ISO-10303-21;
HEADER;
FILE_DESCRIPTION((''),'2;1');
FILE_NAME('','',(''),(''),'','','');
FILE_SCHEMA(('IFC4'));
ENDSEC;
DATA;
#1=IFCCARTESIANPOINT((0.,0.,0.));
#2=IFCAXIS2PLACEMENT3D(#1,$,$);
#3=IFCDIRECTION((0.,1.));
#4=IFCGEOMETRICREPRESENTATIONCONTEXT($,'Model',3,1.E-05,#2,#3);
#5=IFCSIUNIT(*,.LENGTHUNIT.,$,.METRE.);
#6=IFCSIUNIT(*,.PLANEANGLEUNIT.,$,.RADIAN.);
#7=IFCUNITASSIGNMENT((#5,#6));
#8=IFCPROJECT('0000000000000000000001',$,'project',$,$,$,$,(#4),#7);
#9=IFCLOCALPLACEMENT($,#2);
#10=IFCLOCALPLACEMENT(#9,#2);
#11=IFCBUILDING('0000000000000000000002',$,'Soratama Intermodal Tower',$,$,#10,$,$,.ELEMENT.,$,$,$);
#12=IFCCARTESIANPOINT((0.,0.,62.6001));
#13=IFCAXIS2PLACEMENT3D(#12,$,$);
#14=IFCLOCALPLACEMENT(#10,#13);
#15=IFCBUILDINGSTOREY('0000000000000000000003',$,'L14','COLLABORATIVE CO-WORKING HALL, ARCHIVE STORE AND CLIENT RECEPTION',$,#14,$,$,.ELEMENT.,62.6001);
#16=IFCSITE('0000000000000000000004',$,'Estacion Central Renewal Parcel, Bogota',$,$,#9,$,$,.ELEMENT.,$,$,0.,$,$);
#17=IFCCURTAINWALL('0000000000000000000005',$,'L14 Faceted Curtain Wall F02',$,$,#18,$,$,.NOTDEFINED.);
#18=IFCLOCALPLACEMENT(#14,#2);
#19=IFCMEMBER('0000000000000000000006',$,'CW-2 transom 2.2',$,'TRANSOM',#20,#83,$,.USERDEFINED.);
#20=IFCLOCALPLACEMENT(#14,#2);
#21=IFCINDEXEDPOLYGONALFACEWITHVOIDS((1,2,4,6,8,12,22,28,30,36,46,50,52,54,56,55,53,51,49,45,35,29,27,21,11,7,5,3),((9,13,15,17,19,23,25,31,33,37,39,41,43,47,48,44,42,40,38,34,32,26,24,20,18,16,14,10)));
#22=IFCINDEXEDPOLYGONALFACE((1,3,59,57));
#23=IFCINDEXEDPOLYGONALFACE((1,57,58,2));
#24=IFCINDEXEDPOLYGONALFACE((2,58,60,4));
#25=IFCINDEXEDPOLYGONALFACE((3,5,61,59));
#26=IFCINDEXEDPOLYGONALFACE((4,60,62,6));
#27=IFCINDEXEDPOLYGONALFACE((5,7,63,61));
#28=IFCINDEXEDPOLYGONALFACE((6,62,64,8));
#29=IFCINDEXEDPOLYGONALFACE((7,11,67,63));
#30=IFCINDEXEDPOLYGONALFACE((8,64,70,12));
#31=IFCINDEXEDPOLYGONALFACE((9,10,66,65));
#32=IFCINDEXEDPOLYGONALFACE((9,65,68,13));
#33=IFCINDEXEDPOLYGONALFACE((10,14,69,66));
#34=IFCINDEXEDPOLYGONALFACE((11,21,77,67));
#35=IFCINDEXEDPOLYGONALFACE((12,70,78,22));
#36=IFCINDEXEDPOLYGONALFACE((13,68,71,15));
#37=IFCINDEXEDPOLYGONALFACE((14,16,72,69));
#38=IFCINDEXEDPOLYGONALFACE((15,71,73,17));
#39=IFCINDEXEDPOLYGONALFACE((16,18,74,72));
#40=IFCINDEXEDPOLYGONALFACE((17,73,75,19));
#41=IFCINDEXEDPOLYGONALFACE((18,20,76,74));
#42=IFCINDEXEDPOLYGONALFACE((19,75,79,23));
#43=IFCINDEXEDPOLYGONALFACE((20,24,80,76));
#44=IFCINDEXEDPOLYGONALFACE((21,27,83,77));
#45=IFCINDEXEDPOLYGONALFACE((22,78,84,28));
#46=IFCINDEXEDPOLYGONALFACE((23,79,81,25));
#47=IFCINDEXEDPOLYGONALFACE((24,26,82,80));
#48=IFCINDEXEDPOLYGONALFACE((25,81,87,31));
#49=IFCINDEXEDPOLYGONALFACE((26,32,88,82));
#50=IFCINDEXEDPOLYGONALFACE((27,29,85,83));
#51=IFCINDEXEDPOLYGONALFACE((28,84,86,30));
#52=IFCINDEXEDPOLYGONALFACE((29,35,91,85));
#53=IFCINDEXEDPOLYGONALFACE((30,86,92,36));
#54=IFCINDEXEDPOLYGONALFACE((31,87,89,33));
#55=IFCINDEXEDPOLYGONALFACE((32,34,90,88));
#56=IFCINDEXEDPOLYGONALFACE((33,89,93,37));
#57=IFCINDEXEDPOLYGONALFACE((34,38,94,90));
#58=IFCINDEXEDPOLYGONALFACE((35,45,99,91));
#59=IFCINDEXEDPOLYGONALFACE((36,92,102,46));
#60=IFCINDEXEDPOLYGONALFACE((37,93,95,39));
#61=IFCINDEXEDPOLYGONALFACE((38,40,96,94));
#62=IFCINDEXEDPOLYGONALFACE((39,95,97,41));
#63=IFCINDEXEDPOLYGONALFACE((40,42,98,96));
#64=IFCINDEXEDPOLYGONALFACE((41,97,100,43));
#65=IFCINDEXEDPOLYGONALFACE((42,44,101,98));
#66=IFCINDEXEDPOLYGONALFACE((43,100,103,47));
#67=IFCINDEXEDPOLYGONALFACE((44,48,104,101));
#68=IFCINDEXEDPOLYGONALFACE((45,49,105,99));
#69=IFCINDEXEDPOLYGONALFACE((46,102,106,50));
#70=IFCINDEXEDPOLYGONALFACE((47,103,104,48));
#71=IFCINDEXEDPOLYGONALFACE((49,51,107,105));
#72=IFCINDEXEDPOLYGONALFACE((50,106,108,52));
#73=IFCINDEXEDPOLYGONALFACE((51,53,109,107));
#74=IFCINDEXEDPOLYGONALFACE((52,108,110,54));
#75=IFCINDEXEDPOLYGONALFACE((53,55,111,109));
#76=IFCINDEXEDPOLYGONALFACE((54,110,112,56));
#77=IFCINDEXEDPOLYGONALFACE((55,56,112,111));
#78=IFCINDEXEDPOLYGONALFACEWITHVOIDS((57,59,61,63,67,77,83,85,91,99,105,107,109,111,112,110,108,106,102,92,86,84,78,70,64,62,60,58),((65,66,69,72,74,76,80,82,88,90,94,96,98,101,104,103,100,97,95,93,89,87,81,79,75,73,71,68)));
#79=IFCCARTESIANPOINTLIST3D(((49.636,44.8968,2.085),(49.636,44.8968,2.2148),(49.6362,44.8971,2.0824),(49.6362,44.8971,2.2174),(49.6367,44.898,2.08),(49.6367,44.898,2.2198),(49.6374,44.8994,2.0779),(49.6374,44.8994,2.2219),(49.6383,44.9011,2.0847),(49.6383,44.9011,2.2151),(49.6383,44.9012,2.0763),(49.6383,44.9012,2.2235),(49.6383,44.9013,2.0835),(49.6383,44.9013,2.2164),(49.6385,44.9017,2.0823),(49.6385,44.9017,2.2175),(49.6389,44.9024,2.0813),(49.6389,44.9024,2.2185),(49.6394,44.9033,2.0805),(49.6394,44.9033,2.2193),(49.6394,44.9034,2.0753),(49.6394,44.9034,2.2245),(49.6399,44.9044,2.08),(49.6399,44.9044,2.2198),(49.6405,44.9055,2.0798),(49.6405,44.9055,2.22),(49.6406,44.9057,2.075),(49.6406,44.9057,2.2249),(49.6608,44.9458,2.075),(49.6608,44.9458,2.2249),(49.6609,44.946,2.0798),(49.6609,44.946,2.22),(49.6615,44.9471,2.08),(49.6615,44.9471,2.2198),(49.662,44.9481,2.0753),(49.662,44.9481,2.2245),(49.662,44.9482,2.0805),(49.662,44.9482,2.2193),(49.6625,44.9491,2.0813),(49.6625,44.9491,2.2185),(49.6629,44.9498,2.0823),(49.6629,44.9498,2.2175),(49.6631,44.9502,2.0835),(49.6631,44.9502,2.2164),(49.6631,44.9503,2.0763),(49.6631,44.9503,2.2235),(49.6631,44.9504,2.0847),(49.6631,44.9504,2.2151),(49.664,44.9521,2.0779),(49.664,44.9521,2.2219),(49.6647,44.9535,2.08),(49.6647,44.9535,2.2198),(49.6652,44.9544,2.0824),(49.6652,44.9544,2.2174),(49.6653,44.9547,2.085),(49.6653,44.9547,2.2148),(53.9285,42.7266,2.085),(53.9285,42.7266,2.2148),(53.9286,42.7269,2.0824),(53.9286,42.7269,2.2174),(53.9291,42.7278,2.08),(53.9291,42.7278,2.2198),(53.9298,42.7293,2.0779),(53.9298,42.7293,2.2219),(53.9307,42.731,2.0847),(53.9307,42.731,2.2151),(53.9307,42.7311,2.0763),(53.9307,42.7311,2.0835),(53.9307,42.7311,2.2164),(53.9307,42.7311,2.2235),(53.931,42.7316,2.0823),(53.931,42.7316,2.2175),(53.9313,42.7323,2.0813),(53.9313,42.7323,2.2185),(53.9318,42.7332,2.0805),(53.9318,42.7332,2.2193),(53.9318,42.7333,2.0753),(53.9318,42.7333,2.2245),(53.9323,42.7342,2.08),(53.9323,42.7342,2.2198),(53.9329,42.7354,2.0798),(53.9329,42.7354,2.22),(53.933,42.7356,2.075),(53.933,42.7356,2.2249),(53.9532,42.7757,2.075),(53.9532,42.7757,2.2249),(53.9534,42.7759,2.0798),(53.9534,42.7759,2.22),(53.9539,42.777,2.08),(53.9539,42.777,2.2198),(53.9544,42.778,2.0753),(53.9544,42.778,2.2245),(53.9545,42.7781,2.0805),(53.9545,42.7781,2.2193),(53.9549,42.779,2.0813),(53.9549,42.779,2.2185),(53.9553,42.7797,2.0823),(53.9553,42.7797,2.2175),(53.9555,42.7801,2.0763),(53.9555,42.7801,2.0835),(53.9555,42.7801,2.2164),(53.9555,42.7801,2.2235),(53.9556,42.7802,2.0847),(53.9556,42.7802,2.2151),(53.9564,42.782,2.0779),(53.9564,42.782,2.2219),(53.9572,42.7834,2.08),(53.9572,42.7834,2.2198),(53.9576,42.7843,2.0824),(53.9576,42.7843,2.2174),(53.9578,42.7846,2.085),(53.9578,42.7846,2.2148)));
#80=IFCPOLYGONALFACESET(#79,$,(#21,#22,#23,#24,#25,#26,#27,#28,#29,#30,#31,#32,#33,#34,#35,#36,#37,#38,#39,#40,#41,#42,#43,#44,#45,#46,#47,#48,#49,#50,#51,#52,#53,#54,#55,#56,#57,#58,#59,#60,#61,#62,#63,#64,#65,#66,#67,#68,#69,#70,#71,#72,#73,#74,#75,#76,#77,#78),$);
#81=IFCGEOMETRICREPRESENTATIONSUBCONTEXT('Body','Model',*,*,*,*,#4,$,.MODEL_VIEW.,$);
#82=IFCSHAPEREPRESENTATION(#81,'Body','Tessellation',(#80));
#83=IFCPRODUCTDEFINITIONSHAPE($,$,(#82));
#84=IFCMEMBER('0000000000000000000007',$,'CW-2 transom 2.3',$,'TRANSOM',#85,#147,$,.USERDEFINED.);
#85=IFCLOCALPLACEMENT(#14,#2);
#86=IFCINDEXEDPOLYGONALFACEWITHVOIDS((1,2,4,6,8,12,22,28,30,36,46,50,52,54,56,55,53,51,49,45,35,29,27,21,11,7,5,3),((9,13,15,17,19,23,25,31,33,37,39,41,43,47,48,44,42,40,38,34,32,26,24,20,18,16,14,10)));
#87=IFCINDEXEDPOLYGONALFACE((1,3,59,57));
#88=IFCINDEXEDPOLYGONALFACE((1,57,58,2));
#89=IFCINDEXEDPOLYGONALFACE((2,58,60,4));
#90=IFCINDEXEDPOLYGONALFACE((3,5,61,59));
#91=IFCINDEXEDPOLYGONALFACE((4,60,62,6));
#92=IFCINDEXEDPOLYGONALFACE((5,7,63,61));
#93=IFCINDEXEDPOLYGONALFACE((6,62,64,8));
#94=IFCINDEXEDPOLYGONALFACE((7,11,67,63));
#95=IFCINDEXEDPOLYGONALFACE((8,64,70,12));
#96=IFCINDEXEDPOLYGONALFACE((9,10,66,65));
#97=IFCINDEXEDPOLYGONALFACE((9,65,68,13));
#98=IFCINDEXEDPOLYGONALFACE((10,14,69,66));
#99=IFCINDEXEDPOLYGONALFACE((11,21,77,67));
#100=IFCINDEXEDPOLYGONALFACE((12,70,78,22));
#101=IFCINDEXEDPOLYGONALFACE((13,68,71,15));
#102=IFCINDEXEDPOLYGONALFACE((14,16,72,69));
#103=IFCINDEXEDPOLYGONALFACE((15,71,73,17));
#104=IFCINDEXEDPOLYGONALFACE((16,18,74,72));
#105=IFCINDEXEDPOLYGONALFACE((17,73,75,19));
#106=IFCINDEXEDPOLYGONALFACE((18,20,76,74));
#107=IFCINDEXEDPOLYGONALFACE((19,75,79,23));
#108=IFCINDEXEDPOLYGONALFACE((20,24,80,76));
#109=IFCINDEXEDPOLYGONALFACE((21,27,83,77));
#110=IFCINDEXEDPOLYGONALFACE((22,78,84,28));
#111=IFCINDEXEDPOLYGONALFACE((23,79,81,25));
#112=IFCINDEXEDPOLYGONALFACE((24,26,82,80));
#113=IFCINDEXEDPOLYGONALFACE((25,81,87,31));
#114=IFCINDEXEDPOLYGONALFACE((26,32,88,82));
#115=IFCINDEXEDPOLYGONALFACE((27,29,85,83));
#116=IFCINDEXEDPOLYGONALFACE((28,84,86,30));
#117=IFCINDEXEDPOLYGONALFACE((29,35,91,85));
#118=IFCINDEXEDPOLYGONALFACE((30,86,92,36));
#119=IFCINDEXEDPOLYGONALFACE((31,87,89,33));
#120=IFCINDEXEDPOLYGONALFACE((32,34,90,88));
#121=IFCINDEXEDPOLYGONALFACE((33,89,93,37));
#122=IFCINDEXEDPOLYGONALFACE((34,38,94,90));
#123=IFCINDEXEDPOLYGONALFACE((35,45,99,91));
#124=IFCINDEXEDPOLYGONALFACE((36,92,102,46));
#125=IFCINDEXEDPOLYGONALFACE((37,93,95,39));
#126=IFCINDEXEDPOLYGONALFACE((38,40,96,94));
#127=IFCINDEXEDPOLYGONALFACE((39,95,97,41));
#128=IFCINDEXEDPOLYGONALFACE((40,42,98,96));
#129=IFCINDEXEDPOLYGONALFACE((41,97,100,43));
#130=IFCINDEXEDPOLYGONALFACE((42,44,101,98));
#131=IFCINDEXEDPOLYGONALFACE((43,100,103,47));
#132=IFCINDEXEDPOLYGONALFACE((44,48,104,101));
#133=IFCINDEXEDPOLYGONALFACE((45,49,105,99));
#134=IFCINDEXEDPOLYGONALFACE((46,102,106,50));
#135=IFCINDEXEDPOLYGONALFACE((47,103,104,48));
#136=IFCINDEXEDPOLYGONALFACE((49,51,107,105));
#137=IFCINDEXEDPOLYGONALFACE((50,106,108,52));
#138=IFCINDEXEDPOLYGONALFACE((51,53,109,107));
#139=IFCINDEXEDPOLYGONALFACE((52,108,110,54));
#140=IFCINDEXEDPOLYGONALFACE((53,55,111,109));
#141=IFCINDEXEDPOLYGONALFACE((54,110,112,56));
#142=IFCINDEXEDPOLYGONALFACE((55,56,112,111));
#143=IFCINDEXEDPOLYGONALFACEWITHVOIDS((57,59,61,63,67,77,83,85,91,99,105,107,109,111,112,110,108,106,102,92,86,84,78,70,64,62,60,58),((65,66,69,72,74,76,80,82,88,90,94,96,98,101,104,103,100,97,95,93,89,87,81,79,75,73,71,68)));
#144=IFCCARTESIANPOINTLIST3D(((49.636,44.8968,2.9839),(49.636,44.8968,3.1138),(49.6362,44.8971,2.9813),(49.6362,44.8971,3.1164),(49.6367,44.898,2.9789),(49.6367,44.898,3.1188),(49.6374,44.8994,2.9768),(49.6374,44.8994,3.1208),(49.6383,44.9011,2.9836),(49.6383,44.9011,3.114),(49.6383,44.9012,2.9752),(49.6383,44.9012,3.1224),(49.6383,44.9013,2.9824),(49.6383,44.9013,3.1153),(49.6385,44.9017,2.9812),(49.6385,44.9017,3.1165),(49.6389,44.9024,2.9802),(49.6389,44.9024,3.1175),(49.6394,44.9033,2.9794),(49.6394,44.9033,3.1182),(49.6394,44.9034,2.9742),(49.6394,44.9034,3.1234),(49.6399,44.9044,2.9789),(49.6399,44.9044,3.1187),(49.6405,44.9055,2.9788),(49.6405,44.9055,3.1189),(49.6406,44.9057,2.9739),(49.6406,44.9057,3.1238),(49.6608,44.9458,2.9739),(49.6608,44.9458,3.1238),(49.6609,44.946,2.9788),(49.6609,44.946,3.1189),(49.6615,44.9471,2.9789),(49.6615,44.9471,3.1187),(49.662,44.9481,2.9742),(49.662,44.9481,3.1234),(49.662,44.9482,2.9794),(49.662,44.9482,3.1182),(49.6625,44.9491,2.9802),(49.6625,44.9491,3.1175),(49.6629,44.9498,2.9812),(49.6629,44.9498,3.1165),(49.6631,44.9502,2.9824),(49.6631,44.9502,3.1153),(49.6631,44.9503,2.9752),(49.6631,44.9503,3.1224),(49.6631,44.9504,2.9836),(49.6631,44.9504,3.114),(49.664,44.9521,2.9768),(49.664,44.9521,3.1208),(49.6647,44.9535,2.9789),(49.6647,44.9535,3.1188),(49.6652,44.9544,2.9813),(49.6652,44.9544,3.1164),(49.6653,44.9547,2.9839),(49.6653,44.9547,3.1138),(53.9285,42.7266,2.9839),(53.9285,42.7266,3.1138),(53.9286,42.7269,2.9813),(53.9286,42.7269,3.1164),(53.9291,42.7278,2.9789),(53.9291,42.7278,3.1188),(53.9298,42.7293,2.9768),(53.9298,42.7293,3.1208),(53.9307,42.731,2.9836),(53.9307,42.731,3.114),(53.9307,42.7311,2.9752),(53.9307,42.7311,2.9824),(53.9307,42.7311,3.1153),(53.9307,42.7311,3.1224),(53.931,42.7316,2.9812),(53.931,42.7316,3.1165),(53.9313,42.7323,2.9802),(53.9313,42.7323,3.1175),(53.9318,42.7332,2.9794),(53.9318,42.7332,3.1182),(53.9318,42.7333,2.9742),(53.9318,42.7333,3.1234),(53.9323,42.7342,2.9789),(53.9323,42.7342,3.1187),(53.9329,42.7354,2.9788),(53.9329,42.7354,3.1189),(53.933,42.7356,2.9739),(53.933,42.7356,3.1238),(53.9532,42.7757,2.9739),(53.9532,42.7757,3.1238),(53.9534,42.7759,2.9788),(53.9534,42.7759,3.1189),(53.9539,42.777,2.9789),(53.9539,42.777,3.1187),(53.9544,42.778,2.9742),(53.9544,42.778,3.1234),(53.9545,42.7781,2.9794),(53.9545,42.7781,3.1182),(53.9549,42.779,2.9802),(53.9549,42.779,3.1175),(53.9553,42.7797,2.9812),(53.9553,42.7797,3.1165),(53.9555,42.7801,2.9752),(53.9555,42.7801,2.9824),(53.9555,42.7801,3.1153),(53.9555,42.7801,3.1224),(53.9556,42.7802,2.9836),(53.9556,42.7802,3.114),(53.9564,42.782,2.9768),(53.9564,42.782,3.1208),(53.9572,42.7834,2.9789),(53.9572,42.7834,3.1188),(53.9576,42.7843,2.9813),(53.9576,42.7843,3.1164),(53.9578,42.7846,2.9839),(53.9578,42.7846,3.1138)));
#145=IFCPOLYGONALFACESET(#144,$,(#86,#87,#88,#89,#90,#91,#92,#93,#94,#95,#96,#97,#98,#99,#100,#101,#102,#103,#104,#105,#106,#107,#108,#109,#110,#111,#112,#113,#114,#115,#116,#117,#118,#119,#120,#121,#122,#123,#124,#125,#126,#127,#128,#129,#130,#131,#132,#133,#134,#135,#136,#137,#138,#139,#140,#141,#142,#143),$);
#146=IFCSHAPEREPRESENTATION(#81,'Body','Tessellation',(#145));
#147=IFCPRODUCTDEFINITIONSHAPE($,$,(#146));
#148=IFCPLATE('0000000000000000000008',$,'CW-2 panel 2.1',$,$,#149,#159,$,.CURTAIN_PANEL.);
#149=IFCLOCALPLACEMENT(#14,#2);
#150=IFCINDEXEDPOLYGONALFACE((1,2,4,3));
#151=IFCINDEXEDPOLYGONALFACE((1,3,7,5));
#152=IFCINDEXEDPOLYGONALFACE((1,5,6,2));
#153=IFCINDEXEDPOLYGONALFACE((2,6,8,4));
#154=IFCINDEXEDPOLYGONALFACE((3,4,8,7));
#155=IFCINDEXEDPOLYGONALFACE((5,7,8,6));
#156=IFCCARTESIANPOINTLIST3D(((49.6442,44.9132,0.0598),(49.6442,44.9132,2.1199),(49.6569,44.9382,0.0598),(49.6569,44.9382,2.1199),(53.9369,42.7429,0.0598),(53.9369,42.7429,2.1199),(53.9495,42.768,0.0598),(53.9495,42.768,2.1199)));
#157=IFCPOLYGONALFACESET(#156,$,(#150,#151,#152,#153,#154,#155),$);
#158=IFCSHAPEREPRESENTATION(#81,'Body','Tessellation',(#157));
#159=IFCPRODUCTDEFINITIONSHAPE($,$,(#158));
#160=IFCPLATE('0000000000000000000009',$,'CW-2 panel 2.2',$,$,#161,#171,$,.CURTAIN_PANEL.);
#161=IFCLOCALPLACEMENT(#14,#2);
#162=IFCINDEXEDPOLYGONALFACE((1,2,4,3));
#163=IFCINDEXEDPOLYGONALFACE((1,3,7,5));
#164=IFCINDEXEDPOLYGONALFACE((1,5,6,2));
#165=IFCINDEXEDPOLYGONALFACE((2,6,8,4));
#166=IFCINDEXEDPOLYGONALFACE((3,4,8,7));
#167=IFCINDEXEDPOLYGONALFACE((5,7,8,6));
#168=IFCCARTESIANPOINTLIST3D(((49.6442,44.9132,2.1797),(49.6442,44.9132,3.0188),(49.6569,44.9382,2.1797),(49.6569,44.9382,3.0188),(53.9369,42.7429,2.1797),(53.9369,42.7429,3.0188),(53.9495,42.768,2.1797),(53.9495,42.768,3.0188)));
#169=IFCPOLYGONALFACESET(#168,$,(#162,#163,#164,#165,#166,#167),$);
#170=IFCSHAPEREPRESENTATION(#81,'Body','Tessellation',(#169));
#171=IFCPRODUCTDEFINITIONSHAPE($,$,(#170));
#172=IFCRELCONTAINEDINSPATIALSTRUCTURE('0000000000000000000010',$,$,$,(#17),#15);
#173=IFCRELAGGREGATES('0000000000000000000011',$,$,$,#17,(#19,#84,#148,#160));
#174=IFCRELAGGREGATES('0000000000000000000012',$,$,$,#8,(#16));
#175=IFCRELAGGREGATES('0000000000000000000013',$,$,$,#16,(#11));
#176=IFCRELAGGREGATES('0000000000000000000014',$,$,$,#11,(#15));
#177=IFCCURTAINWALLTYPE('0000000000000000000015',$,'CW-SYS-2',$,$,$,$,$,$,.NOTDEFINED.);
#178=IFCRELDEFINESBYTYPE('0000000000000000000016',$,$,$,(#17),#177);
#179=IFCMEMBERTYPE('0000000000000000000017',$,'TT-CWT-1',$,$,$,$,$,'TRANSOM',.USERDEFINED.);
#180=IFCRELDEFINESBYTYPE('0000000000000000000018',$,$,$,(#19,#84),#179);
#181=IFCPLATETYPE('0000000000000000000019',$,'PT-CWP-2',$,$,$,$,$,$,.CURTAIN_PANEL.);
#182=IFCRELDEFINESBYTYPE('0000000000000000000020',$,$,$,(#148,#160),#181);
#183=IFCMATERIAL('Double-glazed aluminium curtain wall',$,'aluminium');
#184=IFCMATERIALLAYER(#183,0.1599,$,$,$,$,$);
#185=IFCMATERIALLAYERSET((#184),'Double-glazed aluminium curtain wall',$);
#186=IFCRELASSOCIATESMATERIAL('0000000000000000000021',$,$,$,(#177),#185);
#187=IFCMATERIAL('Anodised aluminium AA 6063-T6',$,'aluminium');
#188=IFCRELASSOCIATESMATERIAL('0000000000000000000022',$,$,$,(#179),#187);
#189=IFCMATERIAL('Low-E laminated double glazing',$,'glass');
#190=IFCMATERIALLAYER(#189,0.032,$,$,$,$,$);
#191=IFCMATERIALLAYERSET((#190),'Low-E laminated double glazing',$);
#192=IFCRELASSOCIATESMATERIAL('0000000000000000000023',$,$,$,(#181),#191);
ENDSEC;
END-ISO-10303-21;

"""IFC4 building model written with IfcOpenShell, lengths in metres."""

from ifc_helpers import new_model, si_unit, direction, frame, origin, origin_2d, place, context, subcontext, project, spatial, rectangle, hollow_rectangle, extrude, material, layer, layer_set, material_profile, profile_set, type_object, element, aggregate, save


model = new_model("IFC4")

# Units and contexts
model_context = context("Model", 3, precision=1e-05, world=origin(), true_north=direction((0.0, 1.0)))
body_context = subcontext(model_context, "Body", "Model", "MODEL_VIEW")
ifc_project = project(units=[si_unit("LENGTHUNIT", "METRE"), si_unit("PLANEANGLEUNIT", "RADIAN")], contexts=[model_context])

# Site, building, storey
site_placement = place(None, origin())
site = spatial("IfcSite", under=ifc_project, at=site_placement, Name="Estacion Central Renewal Parcel, Bogota", CompositionType="ELEMENT", RefElevation=0.0)
building_placement = place(site_placement, origin())
building = spatial("IfcBuilding", under=site, at=building_placement, Name="Soratama Intermodal Tower", CompositionType="ELEMENT")
storey_placement = place(building_placement, frame((0.0, 0.0, 62.6001)))
storey = spatial("IfcBuildingStorey", under=building, at=storey_placement, Name="L14", Description="COLLABORATIVE CO-WORKING HALL, ARCHIVE STORE AND CLIENT RECEPTION", CompositionType="ELEMENT", Elevation=62.6001)

# Curtain wall, members, plates
ifc_material_1 = material(Name="Double-glazed aluminium curtain wall", Category="aluminium")
ifc_layer_1 = layer(ifc_material_1, 0.1599)
ifc_layer_set_1 = layer_set([ifc_layer_1], Name="Double-glazed aluminium curtain wall")
curtain_wall_type = type_object("IfcCurtainWallType", Name="CW-SYS-2", PredefinedType="NOTDEFINED", material=ifc_layer_set_1)
curtain_wall_placement = place(storey_placement, origin())
curtain_wall = element("IfcCurtainWall", 1, at=curtain_wall_placement, inside=storey, type_object=curtain_wall_type, Name="L14 Faceted Curtain Wall F02", PredefinedType="NOTDEFINED")
ifc_material_2 = material(Name="Anodised aluminium AA 6063-T6", Category="aluminium")
ifc_material_profile_1 = material_profile(ifc_material_2, hollow_rectangle(XDim=0.0649, YDim=0.1499, WallThickness=0.0049, InnerFilletRadius=0.0049, OuterFilletRadius=0.01, at=origin_2d()), Name="CWT150X65X5")
ifc_profile_set_1 = profile_set([ifc_material_profile_1], Name="Anodised aluminium AA 6063-T6")
member_type_1 = type_object("IfcMemberType", Name="TT-CWT-1", ElementType="TRANSOM", PredefinedType="USERDEFINED", material=ifc_profile_set_1)
member_1_placement = place(storey_placement, frame((53.9431, 42.7556, 2.1499), z_axis=(-0.892429, 0.451189, 0.0), x_axis=(-0.451189, -0.892429, 0.0)))
member_1 = element("IfcMember", 2, at=member_1_placement, type_object=member_type_1, Name="CW-2 transom 2.2", ObjectType="TRANSOM", PredefinedType="USERDEFINED", context=body_context, shape_type="SweptSolid", body=[
    extrude(hollow_rectangle(XDim=0.0649, YDim=0.1499, WallThickness=0.0049, InnerFilletRadius=0.0049, OuterFilletRadius=0.01, at=origin_2d()), origin(), (0.0, 0.0, 1.0), 4.8098),
])
member_2_placement = place(storey_placement, frame((53.9431, 42.7556, 3.0488), z_axis=(-0.892429, 0.451189, 0.0), x_axis=(-0.451189, -0.892429, 0.0)))
member_2 = element("IfcMember", 3, at=member_2_placement, type_object=member_type_1, Name="CW-2 transom 2.3", ObjectType="TRANSOM", PredefinedType="USERDEFINED", context=body_context, shape_type="SweptSolid", body=[
    extrude(hollow_rectangle(XDim=0.0649, YDim=0.1499, WallThickness=0.0049, InnerFilletRadius=0.0049, OuterFilletRadius=0.01, at=origin_2d()), origin(), (0.0, 0.0, 1.0), 4.8098),
])
ifc_material_3 = material(Name="Low-E laminated double glazing", Category="glass")
ifc_layer_2 = layer(ifc_material_3, 0.032)
ifc_layer_set_2 = layer_set([ifc_layer_2], Name="Low-E laminated double glazing")
plate_type = type_object("IfcPlateType", Name="PT-CWP-2", PredefinedType="CURTAIN_PANEL", material=ifc_layer_set_2)
plate_1_placement = place(storey_placement, frame((51.7969, 43.8406, 0.0598), z_axis=(0.0, 0.0, 1.0), x_axis=(-0.892431, 0.451185, 0.0)))
plate_1 = element("IfcPlate", 4, at=plate_1_placement, type_object=plate_type, Name="CW-2 panel 2.1", PredefinedType="CURTAIN_PANEL", context=body_context, shape_type="SweptSolid", body=[
    extrude(rectangle(XDim=4.8101, YDim=0.0281, at=origin_2d()), origin(), (0.0, 0.0, 1.0), 2.0601),
])
plate_2_placement = place(storey_placement, frame((51.7969, 43.8406, 2.1797), z_axis=(0.0, 0.0, 1.0), x_axis=(-0.892431, 0.451185, 0.0)))
plate_2 = element("IfcPlate", 5, at=plate_2_placement, type_object=plate_type, Name="CW-2 panel 2.2", PredefinedType="CURTAIN_PANEL", context=body_context, shape_type="SweptSolid", body=[
    extrude(rectangle(XDim=4.8101, YDim=0.0281, at=origin_2d()), origin(), (0.0, 0.0, 1.0), 0.8391),
])
aggregate(curtain_wall, [member_1, member_2, plate_1, plate_2])

save(model, "model.ifc")
